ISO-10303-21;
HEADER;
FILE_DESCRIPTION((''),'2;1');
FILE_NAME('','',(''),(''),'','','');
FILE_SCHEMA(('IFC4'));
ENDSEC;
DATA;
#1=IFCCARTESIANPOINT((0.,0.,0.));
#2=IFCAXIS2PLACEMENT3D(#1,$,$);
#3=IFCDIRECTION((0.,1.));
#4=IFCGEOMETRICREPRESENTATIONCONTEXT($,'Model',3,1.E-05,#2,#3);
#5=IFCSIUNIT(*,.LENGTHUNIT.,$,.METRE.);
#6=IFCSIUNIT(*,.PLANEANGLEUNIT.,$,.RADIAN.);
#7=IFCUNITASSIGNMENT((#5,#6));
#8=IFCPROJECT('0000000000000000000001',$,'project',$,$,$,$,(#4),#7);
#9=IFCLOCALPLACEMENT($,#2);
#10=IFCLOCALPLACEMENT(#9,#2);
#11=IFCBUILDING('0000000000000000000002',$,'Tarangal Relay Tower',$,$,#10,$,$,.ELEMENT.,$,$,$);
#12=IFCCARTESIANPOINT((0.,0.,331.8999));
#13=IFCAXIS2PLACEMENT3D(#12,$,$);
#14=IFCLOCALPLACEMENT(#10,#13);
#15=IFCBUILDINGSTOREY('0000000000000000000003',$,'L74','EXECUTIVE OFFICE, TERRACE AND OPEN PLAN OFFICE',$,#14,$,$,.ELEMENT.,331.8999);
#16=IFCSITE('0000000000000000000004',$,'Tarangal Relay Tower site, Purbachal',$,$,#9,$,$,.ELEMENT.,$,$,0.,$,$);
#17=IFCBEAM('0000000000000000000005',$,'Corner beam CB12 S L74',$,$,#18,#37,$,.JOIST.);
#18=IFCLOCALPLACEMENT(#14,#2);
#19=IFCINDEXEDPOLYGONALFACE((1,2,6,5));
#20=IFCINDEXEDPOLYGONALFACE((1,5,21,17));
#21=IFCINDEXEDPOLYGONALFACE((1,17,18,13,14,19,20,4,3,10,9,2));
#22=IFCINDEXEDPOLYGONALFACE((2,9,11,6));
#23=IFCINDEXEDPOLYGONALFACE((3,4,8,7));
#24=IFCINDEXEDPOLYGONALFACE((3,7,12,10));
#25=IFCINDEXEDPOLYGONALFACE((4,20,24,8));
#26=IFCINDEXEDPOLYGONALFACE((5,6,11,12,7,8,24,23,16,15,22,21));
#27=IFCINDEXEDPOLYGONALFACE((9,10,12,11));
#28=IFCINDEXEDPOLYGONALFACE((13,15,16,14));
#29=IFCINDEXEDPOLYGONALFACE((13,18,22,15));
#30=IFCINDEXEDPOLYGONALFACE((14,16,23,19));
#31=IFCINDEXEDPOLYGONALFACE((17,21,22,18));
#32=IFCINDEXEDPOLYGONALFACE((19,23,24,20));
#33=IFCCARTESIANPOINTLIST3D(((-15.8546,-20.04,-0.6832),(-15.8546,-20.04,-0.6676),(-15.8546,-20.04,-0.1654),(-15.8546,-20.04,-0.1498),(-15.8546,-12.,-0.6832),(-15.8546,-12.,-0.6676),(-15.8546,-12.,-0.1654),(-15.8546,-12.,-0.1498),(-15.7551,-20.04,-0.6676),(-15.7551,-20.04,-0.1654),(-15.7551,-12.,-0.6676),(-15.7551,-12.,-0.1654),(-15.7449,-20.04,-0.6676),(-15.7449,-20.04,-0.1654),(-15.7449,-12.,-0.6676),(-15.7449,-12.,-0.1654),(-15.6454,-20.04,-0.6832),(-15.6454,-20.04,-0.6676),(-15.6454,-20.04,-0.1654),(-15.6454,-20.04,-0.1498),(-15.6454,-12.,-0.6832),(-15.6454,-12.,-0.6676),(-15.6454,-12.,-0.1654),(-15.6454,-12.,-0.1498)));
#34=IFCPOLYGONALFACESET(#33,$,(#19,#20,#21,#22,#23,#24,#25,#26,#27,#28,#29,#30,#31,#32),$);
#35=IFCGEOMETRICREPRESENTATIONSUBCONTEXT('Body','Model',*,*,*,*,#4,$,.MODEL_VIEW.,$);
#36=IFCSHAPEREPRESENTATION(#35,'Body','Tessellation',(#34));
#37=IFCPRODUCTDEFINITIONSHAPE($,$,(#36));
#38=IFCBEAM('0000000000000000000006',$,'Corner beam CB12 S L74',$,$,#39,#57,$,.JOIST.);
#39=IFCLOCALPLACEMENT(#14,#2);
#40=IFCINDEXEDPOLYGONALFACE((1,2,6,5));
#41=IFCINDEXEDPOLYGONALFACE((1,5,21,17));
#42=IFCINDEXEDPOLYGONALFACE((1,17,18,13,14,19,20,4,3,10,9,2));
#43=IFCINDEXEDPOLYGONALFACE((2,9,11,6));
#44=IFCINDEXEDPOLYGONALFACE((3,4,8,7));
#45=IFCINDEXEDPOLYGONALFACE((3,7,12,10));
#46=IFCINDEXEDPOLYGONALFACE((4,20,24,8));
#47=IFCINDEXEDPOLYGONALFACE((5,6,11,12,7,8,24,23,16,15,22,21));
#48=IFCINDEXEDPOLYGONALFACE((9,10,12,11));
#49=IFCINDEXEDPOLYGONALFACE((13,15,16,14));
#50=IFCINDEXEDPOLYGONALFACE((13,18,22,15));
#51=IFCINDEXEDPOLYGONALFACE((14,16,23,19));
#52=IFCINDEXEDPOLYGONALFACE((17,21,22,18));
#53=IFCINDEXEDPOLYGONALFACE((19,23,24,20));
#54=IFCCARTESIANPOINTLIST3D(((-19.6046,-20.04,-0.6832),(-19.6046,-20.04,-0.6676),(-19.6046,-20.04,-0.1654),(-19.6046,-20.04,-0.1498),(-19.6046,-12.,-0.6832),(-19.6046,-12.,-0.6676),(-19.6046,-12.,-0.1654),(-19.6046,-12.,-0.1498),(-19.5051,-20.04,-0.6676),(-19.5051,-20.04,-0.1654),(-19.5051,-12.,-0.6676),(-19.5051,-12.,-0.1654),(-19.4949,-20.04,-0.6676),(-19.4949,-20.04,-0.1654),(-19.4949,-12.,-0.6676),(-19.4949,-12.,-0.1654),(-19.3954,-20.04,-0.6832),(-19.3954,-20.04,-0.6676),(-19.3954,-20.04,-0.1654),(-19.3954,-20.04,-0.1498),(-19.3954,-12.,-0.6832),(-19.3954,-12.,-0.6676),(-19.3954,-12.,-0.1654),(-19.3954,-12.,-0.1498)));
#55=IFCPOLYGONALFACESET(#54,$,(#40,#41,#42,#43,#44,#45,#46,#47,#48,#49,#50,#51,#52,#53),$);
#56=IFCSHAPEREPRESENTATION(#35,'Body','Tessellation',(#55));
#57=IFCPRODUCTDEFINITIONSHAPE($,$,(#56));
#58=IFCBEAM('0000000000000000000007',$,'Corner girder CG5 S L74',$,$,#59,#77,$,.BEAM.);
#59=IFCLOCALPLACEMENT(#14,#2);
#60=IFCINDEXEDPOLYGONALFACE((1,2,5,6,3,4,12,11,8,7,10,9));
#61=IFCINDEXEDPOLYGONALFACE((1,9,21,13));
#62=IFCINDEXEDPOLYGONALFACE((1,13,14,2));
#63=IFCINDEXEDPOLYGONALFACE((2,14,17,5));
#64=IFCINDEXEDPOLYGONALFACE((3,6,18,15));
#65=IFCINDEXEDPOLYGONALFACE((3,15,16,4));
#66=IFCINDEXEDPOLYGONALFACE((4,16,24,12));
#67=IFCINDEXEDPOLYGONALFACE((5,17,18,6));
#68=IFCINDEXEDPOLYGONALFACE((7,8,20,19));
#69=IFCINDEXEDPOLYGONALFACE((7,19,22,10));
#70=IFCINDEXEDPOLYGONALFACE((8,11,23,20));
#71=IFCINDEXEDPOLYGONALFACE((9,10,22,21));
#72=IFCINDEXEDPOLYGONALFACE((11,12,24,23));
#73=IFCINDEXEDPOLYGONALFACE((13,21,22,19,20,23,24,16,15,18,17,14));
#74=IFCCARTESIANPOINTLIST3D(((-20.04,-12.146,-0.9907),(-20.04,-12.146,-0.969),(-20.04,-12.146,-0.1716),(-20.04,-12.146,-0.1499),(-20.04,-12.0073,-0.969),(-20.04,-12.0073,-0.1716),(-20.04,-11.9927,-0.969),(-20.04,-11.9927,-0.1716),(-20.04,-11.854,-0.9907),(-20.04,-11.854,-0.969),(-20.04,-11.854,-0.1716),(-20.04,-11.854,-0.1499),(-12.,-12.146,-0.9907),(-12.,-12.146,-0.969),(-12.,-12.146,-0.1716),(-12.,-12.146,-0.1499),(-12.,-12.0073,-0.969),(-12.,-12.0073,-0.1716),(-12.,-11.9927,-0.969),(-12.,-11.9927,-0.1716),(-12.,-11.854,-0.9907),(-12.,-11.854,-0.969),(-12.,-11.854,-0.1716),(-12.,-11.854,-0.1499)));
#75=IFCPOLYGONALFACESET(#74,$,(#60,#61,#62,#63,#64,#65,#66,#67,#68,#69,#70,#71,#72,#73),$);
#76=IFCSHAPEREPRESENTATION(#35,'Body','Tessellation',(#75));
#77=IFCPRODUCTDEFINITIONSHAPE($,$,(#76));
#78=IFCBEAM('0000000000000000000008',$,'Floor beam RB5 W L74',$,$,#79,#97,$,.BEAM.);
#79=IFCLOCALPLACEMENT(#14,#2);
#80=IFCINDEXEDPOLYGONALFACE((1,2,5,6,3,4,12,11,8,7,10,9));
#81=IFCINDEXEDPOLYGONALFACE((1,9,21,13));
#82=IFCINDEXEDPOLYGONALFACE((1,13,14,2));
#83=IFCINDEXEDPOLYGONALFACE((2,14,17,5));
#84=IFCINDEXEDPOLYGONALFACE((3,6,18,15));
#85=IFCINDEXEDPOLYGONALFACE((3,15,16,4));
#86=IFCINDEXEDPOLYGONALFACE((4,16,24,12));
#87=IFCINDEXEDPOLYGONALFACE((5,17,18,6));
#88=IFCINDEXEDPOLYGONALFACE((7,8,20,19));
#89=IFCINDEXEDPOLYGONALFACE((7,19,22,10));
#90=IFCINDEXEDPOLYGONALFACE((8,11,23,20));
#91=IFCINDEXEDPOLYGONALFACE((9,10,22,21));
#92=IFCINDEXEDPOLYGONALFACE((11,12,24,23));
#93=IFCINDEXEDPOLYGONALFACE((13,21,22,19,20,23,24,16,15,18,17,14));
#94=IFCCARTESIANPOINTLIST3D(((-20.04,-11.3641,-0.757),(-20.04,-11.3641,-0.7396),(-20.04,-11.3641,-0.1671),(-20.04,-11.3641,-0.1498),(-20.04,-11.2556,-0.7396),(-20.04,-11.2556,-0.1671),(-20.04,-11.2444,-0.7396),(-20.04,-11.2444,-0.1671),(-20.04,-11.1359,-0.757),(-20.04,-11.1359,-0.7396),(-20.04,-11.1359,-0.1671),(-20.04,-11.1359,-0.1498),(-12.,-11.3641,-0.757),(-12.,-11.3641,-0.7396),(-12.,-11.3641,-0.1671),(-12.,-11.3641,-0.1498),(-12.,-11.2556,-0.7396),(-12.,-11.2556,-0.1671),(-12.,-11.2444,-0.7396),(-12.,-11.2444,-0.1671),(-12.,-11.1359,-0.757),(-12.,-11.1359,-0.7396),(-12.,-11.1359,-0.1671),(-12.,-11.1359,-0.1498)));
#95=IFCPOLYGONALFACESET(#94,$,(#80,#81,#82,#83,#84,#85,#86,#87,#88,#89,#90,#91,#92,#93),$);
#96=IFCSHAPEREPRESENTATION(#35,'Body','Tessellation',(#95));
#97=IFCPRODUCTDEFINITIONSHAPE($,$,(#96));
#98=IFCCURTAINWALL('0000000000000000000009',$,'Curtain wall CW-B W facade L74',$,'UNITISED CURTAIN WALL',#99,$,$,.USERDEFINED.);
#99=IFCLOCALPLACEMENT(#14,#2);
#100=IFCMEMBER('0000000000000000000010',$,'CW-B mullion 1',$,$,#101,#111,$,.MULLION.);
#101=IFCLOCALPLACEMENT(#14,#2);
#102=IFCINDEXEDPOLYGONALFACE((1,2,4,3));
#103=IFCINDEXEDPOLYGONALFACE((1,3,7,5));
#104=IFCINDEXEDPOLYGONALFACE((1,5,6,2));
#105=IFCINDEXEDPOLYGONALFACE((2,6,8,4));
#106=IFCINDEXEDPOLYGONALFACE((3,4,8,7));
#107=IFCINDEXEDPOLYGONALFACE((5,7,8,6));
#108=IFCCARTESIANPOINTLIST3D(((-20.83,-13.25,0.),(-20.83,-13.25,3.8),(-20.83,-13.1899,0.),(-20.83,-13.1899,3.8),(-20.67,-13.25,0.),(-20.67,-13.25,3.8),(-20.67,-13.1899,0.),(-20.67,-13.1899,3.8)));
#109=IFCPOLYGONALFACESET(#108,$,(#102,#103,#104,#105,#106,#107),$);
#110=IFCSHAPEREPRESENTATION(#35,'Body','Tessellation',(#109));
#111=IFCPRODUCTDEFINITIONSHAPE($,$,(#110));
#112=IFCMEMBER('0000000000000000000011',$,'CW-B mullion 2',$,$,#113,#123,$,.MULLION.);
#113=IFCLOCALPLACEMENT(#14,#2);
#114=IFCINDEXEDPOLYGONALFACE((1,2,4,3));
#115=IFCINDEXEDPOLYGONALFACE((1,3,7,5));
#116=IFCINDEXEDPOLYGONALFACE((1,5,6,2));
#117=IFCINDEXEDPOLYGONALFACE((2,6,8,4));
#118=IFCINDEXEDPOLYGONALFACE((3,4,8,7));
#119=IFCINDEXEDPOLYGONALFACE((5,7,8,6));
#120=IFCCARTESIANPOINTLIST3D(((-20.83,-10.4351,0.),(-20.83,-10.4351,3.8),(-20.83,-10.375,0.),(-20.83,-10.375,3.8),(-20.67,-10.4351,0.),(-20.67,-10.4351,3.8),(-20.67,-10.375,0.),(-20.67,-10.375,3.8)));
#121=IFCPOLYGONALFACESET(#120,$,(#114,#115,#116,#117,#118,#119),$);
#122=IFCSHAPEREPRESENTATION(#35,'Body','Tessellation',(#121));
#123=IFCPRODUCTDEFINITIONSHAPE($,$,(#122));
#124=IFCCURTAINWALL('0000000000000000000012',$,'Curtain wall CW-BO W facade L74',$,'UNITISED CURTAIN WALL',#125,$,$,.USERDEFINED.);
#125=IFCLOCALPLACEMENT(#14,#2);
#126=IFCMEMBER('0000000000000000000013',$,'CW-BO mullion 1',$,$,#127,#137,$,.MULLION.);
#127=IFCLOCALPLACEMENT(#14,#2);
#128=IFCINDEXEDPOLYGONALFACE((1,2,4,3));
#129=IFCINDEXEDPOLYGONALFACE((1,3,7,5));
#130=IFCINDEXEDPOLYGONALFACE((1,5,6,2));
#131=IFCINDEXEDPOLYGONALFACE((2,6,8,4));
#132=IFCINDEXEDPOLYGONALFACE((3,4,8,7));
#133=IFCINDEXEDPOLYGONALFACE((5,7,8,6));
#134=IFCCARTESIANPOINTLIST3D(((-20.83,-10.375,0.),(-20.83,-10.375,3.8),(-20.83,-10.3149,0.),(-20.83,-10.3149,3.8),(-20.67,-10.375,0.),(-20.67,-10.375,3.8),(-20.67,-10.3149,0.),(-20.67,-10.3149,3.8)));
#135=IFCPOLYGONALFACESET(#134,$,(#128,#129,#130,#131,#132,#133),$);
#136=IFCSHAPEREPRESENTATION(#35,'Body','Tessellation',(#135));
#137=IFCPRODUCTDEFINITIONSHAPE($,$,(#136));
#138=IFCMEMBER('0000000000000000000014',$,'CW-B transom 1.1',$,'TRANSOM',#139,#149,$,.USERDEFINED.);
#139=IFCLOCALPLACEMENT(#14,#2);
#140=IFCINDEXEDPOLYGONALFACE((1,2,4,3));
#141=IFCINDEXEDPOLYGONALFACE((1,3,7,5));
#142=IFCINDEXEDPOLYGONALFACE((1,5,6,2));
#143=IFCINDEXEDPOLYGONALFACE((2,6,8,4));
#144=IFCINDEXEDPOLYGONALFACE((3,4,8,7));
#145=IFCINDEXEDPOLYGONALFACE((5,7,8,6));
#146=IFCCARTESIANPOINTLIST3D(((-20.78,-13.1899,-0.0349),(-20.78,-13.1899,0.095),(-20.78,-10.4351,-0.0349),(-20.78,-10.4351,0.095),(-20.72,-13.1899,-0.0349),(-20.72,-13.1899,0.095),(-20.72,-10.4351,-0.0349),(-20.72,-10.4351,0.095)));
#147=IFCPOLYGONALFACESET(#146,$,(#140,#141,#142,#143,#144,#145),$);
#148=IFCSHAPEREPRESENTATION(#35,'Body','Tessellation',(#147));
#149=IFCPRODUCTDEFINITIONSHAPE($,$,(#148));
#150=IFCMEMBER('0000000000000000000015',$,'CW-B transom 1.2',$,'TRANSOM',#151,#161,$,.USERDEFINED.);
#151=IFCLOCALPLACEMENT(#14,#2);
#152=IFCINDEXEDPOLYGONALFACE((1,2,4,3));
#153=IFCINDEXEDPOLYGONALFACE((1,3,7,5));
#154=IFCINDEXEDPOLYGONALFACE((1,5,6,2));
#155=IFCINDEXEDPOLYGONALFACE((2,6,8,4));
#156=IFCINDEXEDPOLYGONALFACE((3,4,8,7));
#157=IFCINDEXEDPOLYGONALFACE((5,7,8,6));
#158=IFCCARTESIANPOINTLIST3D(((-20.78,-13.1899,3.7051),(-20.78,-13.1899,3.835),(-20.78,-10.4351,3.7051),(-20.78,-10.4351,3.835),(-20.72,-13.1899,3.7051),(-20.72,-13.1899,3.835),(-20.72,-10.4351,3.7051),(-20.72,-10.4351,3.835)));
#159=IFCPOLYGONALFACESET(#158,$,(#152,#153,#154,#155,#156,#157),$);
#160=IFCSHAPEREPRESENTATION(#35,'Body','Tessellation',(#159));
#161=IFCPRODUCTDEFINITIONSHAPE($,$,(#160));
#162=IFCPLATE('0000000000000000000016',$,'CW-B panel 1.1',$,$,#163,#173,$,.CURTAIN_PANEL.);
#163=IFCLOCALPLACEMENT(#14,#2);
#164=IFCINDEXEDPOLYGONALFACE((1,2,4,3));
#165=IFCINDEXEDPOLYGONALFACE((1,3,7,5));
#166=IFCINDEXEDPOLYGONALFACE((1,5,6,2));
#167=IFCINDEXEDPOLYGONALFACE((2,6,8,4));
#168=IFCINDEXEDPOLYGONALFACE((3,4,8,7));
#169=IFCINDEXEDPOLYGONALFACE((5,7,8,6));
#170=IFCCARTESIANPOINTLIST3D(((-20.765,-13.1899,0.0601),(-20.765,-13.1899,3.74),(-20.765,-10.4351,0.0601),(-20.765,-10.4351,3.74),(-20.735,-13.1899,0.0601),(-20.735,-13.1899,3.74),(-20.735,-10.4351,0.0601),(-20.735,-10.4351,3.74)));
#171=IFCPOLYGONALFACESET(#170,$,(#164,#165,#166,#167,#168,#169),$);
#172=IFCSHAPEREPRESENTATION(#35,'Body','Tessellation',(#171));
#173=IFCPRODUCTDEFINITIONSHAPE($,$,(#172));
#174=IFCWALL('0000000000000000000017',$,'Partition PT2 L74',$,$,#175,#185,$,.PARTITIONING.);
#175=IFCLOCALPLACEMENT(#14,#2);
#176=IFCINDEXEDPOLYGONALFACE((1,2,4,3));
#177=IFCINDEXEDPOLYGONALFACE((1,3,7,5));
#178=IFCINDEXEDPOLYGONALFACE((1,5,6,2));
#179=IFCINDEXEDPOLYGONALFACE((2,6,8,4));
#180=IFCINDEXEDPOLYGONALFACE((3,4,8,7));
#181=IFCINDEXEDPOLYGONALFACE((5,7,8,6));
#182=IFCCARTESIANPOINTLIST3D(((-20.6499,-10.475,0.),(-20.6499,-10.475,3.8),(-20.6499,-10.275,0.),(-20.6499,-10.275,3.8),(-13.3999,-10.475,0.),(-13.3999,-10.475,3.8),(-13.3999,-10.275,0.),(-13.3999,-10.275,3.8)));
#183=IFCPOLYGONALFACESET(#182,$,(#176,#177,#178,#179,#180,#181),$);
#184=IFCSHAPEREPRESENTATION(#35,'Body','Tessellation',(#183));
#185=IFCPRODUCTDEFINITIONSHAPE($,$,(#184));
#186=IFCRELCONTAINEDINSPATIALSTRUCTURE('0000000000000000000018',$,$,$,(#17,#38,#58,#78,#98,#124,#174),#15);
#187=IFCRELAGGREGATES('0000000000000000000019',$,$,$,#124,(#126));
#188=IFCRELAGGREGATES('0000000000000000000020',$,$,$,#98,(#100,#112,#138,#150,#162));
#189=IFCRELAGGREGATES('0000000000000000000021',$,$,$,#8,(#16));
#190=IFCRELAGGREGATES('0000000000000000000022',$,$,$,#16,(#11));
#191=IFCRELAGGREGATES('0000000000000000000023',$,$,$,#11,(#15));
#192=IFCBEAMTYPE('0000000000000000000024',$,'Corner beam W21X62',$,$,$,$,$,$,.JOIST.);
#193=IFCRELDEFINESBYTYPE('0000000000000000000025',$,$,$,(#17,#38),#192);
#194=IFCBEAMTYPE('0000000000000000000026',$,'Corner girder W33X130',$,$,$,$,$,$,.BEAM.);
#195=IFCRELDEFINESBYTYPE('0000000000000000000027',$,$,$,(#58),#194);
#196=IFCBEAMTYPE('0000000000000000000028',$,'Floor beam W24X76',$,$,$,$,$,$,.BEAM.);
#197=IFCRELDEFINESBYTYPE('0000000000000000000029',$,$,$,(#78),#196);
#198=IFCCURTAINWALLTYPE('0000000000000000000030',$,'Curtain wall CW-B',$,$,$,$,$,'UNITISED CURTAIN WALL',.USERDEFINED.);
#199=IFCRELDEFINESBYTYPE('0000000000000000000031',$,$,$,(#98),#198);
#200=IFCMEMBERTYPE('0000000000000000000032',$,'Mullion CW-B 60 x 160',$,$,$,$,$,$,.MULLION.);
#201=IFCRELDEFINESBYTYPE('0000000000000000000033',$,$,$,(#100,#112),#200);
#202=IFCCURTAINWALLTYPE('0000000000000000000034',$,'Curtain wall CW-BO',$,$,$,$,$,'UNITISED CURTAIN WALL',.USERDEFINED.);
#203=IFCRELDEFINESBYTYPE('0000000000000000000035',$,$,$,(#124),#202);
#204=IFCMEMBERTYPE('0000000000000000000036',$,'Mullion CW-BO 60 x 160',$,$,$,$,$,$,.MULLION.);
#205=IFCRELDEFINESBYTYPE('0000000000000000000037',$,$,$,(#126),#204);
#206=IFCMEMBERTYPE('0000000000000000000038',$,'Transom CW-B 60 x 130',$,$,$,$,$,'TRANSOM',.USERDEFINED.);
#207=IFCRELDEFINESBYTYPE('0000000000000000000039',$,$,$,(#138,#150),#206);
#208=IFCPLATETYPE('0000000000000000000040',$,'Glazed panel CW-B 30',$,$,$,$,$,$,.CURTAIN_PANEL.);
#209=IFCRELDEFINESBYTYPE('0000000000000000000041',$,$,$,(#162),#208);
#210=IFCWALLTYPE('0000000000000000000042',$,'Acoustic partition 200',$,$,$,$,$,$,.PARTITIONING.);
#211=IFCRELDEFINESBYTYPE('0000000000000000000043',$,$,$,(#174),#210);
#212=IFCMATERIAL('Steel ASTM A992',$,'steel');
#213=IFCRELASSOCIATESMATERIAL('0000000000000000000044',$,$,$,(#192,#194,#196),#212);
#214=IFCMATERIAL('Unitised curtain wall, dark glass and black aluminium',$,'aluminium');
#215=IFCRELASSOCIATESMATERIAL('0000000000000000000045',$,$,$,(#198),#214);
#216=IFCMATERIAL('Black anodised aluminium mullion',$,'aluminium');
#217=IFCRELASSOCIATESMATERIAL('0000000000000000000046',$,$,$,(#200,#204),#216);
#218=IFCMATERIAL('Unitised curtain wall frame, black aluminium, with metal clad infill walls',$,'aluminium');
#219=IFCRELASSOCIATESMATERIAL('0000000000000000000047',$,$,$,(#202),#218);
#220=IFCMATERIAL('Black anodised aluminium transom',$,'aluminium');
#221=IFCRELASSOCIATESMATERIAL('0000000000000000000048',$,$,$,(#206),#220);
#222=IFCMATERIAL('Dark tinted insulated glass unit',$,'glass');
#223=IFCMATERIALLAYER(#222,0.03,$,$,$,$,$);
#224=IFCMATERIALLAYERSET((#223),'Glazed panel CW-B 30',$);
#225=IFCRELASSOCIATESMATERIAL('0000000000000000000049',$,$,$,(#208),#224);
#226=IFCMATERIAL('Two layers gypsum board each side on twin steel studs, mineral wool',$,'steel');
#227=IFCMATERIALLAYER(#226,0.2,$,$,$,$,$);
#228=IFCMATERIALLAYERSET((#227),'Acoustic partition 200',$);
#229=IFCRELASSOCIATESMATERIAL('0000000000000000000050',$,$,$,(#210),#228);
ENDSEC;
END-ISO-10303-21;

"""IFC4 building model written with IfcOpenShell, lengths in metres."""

from ifc_helpers import new_model, si_unit, direction, frame, frame_2d, origin, origin_2d, place, context, subcontext, project, spatial, rectangle, i_section, extrude, material, layer, layer_set, material_profile, profile_set, type_object, element, aggregate, save


model = new_model("IFC4")

# Units and contexts
model_context = context("Model", 3, precision=1e-05, world=origin(), true_north=direction((0.0, 1.0)))
body_context = subcontext(model_context, "Body", "Model", "MODEL_VIEW")
ifc_project = project(units=[si_unit("LENGTHUNIT", "METRE"), si_unit("PLANEANGLEUNIT", "RADIAN")], contexts=[model_context])

# Site, building, storey
site_placement = place(None, origin())
site = spatial("IfcSite", under=ifc_project, at=site_placement, Name="Tarangal Relay Tower site, Purbachal", CompositionType="ELEMENT", RefElevation=0.0)
building_placement = place(site_placement, origin())
building = spatial("IfcBuilding", under=site, at=building_placement, Name="Tarangal Relay Tower", CompositionType="ELEMENT")
storey_placement = place(building_placement, frame((0.0, 0.0, 331.8999)))
storey = spatial("IfcBuildingStorey", under=building, at=storey_placement, Name="L74", Description="EXECUTIVE OFFICE, TERRACE AND OPEN PLAN OFFICE", CompositionType="ELEMENT", Elevation=331.8999)

# Beams
ifc_material_1 = material(Name="Steel ASTM A992", Category="steel")
ifc_material_profile_1 = material_profile(ifc_material_1, i_section(OverallWidth=0.2092, OverallDepth=0.5334, WebThickness=0.0103, FlangeThickness=0.0156, at=origin_2d()), Name="W21X62")
ifc_profile_set_1 = profile_set([ifc_material_profile_1], Name="Steel ASTM A992")
beam_type_1 = type_object("IfcBeamType", Name="Corner beam W21X62", PredefinedType="JOIST", material=ifc_profile_set_1)
for number, where, z_axis, x_axis, name in (
    (1, (-15.75, -12.0, -0.4165), (0.0, -1.0, 0.0), (1.0, 0.0, 0.0), "Corner beam CB12 S L74"),
    (2, (-19.5, -12.0, -0.4165), (0.0, -1.0, 0.0), (1.0, 0.0, 0.0), "Corner beam CB12 S L74"),
):
    element("IfcBeam", number, at=place(storey_placement, frame(where, z_axis=z_axis, x_axis=x_axis)), inside=storey, type_object=beam_type_1, Name=name, PredefinedType="JOIST", context=body_context, shape_type="SweptSolid", body=[
        extrude(i_section(OverallWidth=0.2092, OverallDepth=0.5334, WebThickness=0.0103, FlangeThickness=0.0156, at=origin_2d()), origin(), (0.0, 0.0, 1.0), 8.04),
    ])
ifc_material_profile_2 = material_profile(ifc_material_1, i_section(OverallWidth=0.292, OverallDepth=0.8408, WebThickness=0.0146, FlangeThickness=0.0217, at=origin_2d()), Name="W33X130")
ifc_profile_set_2 = profile_set([ifc_material_profile_2], Name="Steel ASTM A992")
beam_type_2 = type_object("IfcBeamType", Name="Corner girder W33X130", PredefinedType="BEAM", material=ifc_profile_set_2)
beam_1_placement = place(storey_placement, frame((-12.0, -12.0, -0.5703), z_axis=(-1.0, 0.0, 0.0), x_axis=(0.0, -1.0, 0.0)))
element("IfcBeam", 3, at=beam_1_placement, inside=storey, type_object=beam_type_2, Name="Corner girder CG5 S L74", PredefinedType="BEAM", context=body_context, shape_type="SweptSolid", body=[
    extrude(i_section(OverallWidth=0.292, OverallDepth=0.8408, WebThickness=0.0146, FlangeThickness=0.0217, at=origin_2d()), origin(), (0.0, 0.0, 1.0), 8.04),
])
ifc_material_profile_3 = material_profile(ifc_material_1, i_section(OverallWidth=0.2283, OverallDepth=0.6072, WebThickness=0.0112, FlangeThickness=0.0173, at=origin_2d()), Name="W24X76")
ifc_profile_set_3 = profile_set([ifc_material_profile_3], Name="Steel ASTM A992")
beam_type_3 = type_object("IfcBeamType", Name="Floor beam W24X76", PredefinedType="BEAM", material=ifc_profile_set_3)
beam_2_placement = place(storey_placement, frame((-12.0, -11.25, -0.4534), z_axis=(-1.0, 0.0, 0.0), x_axis=(0.0, -1.0, 0.0)))
element("IfcBeam", 4, at=beam_2_placement, inside=storey, type_object=beam_type_3, Name="Floor beam RB5 W L74", PredefinedType="BEAM", context=body_context, shape_type="SweptSolid", body=[
    extrude(i_section(OverallWidth=0.2283, OverallDepth=0.6072, WebThickness=0.0112, FlangeThickness=0.0173, at=origin_2d()), origin(), (0.0, 0.0, 1.0), 8.04),
])

# Curtain wall, members
ifc_material_2 = material(Name="Unitised curtain wall, dark glass and black aluminium", Category="aluminium")
curtain_wall_type_1 = type_object("IfcCurtainWallType", Name="Curtain wall CW-B", ElementType="UNITISED CURTAIN WALL", PredefinedType="USERDEFINED", material=ifc_material_2)
curtain_wall_1_placement = place(storey_placement, origin())
curtain_wall_1 = element("IfcCurtainWall", 5, at=curtain_wall_1_placement, inside=storey, type_object=curtain_wall_type_1, Name="Curtain wall CW-B W facade L74", ObjectType="UNITISED CURTAIN WALL", PredefinedType="USERDEFINED")
ifc_material_3 = material(Name="Black anodised aluminium mullion", Category="aluminium")
ifc_material_profile_4 = material_profile(ifc_material_3, rectangle(XDim=0.1599, YDim=0.0601, at=origin_2d()), Name="CW-BM 60X160")
ifc_profile_set_4 = profile_set([ifc_material_profile_4], Name="Black anodised aluminium mullion")
member_type_1 = type_object("IfcMemberType", Name="Mullion CW-B 60 x 160", PredefinedType="MULLION", material=ifc_profile_set_4)
member_1_placement = place(storey_placement, frame((-20.75, -13.22, 0.0), z_axis=(0.0, 0.0, 1.0), x_axis=(-1.0, 0.0, 0.0)))
member_1 = element("IfcMember", 6, at=member_1_placement, type_object=member_type_1, Name="CW-B mullion 1", PredefinedType="MULLION", context=body_context, shape_type="SweptSolid", body=[
    extrude(rectangle(XDim=0.1599, YDim=0.0601, at=origin_2d()), origin(), (0.0, 0.0, 1.0), 3.8),
])
member_2_placement = place(storey_placement, frame((-20.75, -10.405, 0.0), z_axis=(0.0, 0.0, 1.0), x_axis=(-1.0, 0.0, 0.0)))
member_2 = element("IfcMember", 7, at=member_2_placement, type_object=member_type_1, Name="CW-B mullion 2", PredefinedType="MULLION", context=body_context, shape_type="SweptSolid", body=[
    extrude(rectangle(XDim=0.1599, YDim=0.0601, at=origin_2d()), origin(), (0.0, 0.0, 1.0), 3.8),
])

# Curtain wall, member
ifc_material_4 = material(Name="Unitised curtain wall frame, black aluminium, with metal clad infill walls", Category="aluminium")
curtain_wall_type_2 = type_object("IfcCurtainWallType", Name="Curtain wall CW-BO", ElementType="UNITISED CURTAIN WALL", PredefinedType="USERDEFINED", material=ifc_material_4)
curtain_wall_2_placement = place(storey_placement, origin())
curtain_wall_2 = element("IfcCurtainWall", 8, at=curtain_wall_2_placement, inside=storey, type_object=curtain_wall_type_2, Name="Curtain wall CW-BO W facade L74", ObjectType="UNITISED CURTAIN WALL", PredefinedType="USERDEFINED")
ifc_material_profile_5 = material_profile(ifc_material_3, rectangle(XDim=0.1599, YDim=0.0601, at=origin_2d()), Name="CW-BOM 60X160")
ifc_profile_set_5 = profile_set([ifc_material_profile_5], Name="Black anodised aluminium mullion")
member_type_2 = type_object("IfcMemberType", Name="Mullion CW-BO 60 x 160", PredefinedType="MULLION", material=ifc_profile_set_5)
member_3_placement = place(storey_placement, frame((-20.75, -10.345, 0.0), z_axis=(0.0, 0.0, 1.0), x_axis=(-1.0, 0.0, 0.0)))
member_3 = element("IfcMember", 9, at=member_3_placement, type_object=member_type_2, Name="CW-BO mullion 1", PredefinedType="MULLION", context=body_context, shape_type="SweptSolid", body=[
    extrude(rectangle(XDim=0.1599, YDim=0.0601, at=origin_2d()), origin(), (0.0, 0.0, 1.0), 3.8),
])
aggregate(curtain_wall_2, [member_3])

# Members
ifc_material_5 = material(Name="Black anodised aluminium transom", Category="aluminium")
ifc_material_profile_6 = material_profile(ifc_material_5, rectangle(XDim=0.0601, YDim=0.1299, at=origin_2d()), Name="CW-BT 60X130")
ifc_profile_set_6 = profile_set([ifc_material_profile_6], Name="Black anodised aluminium transom")
member_type_3 = type_object("IfcMemberType", Name="Transom CW-B 60 x 130", ElementType="TRANSOM", PredefinedType="USERDEFINED", material=ifc_profile_set_6)
member_4_placement = place(storey_placement, frame((-20.75, -13.1899, 0.03), z_axis=(0.0, 1.0, 0.0), x_axis=(-1.0, 0.0, 0.0)))
member_4 = element("IfcMember", 10, at=member_4_placement, type_object=member_type_3, Name="CW-B transom 1.1", ObjectType="TRANSOM", PredefinedType="USERDEFINED", context=body_context, shape_type="SweptSolid", body=[
    extrude(rectangle(XDim=0.0601, YDim=0.1299, at=origin_2d()), origin(), (0.0, 0.0, 1.0), 2.7549),
])
member_5_placement = place(storey_placement, frame((-20.75, -13.1899, 3.77), z_axis=(0.0, 1.0, 0.0), x_axis=(-1.0, 0.0, 0.0)))
member_5 = element("IfcMember", 11, at=member_5_placement, type_object=member_type_3, Name="CW-B transom 1.2", ObjectType="TRANSOM", PredefinedType="USERDEFINED", context=body_context, shape_type="SweptSolid", body=[
    extrude(rectangle(XDim=0.0601, YDim=0.1299, at=origin_2d()), origin(), (0.0, 0.0, 1.0), 2.7549),
])

# Plate
ifc_material_6 = material(Name="Dark tinted insulated glass unit", Category="glass")
ifc_layer_1 = layer(ifc_material_6, 0.03)
ifc_layer_set_1 = layer_set([ifc_layer_1], Name="Glazed panel CW-B 30")
plate_type = type_object("IfcPlateType", Name="Glazed panel CW-B 30", PredefinedType="CURTAIN_PANEL", material=ifc_layer_set_1)
plate_placement = place(storey_placement, frame((-20.75, -11.8125, 0.0601), z_axis=(0.0, 0.0, 1.0), x_axis=(0.0, 1.0, 0.0)))
plate = element("IfcPlate", 12, at=plate_placement, type_object=plate_type, Name="CW-B panel 1.1", PredefinedType="CURTAIN_PANEL", context=body_context, shape_type="SweptSolid", body=[
    extrude(rectangle(XDim=2.7549, YDim=0.03, at=origin_2d()), origin(), (0.0, 0.0, 1.0), 3.6799),
])
aggregate(curtain_wall_1, [member_1, member_2, member_4, member_5, plate])

# Wall
ifc_material_7 = material(Name="Two layers gypsum board each side on twin steel studs, mineral wool", Category="steel")
ifc_layer_2 = layer(ifc_material_7, 0.2)
ifc_layer_set_2 = layer_set([ifc_layer_2], Name="Acoustic partition 200")
wall_type_1 = type_object("IfcWallType", Name="Acoustic partition 200", PredefinedType="PARTITIONING", material=ifc_layer_set_2)
wall_1_placement = place(storey_placement, frame((-20.6499, -10.375, 0.0), z_axis=(0.0, 0.0, 1.0), x_axis=(1.0, 0.0, 0.0)))
element("IfcWall", 13, at=wall_1_placement, inside=storey, type_object=wall_type_1, Name="Partition PT2 L74", PredefinedType="PARTITIONING", context=body_context, shape_type="SweptSolid", body=[
    extrude(rectangle(XDim=7.25, YDim=0.2, at=frame_2d((3.625, 0.0))), origin(), (0.0, 0.0, 1.0), 3.8),
])

save(model, "model.ifc")
